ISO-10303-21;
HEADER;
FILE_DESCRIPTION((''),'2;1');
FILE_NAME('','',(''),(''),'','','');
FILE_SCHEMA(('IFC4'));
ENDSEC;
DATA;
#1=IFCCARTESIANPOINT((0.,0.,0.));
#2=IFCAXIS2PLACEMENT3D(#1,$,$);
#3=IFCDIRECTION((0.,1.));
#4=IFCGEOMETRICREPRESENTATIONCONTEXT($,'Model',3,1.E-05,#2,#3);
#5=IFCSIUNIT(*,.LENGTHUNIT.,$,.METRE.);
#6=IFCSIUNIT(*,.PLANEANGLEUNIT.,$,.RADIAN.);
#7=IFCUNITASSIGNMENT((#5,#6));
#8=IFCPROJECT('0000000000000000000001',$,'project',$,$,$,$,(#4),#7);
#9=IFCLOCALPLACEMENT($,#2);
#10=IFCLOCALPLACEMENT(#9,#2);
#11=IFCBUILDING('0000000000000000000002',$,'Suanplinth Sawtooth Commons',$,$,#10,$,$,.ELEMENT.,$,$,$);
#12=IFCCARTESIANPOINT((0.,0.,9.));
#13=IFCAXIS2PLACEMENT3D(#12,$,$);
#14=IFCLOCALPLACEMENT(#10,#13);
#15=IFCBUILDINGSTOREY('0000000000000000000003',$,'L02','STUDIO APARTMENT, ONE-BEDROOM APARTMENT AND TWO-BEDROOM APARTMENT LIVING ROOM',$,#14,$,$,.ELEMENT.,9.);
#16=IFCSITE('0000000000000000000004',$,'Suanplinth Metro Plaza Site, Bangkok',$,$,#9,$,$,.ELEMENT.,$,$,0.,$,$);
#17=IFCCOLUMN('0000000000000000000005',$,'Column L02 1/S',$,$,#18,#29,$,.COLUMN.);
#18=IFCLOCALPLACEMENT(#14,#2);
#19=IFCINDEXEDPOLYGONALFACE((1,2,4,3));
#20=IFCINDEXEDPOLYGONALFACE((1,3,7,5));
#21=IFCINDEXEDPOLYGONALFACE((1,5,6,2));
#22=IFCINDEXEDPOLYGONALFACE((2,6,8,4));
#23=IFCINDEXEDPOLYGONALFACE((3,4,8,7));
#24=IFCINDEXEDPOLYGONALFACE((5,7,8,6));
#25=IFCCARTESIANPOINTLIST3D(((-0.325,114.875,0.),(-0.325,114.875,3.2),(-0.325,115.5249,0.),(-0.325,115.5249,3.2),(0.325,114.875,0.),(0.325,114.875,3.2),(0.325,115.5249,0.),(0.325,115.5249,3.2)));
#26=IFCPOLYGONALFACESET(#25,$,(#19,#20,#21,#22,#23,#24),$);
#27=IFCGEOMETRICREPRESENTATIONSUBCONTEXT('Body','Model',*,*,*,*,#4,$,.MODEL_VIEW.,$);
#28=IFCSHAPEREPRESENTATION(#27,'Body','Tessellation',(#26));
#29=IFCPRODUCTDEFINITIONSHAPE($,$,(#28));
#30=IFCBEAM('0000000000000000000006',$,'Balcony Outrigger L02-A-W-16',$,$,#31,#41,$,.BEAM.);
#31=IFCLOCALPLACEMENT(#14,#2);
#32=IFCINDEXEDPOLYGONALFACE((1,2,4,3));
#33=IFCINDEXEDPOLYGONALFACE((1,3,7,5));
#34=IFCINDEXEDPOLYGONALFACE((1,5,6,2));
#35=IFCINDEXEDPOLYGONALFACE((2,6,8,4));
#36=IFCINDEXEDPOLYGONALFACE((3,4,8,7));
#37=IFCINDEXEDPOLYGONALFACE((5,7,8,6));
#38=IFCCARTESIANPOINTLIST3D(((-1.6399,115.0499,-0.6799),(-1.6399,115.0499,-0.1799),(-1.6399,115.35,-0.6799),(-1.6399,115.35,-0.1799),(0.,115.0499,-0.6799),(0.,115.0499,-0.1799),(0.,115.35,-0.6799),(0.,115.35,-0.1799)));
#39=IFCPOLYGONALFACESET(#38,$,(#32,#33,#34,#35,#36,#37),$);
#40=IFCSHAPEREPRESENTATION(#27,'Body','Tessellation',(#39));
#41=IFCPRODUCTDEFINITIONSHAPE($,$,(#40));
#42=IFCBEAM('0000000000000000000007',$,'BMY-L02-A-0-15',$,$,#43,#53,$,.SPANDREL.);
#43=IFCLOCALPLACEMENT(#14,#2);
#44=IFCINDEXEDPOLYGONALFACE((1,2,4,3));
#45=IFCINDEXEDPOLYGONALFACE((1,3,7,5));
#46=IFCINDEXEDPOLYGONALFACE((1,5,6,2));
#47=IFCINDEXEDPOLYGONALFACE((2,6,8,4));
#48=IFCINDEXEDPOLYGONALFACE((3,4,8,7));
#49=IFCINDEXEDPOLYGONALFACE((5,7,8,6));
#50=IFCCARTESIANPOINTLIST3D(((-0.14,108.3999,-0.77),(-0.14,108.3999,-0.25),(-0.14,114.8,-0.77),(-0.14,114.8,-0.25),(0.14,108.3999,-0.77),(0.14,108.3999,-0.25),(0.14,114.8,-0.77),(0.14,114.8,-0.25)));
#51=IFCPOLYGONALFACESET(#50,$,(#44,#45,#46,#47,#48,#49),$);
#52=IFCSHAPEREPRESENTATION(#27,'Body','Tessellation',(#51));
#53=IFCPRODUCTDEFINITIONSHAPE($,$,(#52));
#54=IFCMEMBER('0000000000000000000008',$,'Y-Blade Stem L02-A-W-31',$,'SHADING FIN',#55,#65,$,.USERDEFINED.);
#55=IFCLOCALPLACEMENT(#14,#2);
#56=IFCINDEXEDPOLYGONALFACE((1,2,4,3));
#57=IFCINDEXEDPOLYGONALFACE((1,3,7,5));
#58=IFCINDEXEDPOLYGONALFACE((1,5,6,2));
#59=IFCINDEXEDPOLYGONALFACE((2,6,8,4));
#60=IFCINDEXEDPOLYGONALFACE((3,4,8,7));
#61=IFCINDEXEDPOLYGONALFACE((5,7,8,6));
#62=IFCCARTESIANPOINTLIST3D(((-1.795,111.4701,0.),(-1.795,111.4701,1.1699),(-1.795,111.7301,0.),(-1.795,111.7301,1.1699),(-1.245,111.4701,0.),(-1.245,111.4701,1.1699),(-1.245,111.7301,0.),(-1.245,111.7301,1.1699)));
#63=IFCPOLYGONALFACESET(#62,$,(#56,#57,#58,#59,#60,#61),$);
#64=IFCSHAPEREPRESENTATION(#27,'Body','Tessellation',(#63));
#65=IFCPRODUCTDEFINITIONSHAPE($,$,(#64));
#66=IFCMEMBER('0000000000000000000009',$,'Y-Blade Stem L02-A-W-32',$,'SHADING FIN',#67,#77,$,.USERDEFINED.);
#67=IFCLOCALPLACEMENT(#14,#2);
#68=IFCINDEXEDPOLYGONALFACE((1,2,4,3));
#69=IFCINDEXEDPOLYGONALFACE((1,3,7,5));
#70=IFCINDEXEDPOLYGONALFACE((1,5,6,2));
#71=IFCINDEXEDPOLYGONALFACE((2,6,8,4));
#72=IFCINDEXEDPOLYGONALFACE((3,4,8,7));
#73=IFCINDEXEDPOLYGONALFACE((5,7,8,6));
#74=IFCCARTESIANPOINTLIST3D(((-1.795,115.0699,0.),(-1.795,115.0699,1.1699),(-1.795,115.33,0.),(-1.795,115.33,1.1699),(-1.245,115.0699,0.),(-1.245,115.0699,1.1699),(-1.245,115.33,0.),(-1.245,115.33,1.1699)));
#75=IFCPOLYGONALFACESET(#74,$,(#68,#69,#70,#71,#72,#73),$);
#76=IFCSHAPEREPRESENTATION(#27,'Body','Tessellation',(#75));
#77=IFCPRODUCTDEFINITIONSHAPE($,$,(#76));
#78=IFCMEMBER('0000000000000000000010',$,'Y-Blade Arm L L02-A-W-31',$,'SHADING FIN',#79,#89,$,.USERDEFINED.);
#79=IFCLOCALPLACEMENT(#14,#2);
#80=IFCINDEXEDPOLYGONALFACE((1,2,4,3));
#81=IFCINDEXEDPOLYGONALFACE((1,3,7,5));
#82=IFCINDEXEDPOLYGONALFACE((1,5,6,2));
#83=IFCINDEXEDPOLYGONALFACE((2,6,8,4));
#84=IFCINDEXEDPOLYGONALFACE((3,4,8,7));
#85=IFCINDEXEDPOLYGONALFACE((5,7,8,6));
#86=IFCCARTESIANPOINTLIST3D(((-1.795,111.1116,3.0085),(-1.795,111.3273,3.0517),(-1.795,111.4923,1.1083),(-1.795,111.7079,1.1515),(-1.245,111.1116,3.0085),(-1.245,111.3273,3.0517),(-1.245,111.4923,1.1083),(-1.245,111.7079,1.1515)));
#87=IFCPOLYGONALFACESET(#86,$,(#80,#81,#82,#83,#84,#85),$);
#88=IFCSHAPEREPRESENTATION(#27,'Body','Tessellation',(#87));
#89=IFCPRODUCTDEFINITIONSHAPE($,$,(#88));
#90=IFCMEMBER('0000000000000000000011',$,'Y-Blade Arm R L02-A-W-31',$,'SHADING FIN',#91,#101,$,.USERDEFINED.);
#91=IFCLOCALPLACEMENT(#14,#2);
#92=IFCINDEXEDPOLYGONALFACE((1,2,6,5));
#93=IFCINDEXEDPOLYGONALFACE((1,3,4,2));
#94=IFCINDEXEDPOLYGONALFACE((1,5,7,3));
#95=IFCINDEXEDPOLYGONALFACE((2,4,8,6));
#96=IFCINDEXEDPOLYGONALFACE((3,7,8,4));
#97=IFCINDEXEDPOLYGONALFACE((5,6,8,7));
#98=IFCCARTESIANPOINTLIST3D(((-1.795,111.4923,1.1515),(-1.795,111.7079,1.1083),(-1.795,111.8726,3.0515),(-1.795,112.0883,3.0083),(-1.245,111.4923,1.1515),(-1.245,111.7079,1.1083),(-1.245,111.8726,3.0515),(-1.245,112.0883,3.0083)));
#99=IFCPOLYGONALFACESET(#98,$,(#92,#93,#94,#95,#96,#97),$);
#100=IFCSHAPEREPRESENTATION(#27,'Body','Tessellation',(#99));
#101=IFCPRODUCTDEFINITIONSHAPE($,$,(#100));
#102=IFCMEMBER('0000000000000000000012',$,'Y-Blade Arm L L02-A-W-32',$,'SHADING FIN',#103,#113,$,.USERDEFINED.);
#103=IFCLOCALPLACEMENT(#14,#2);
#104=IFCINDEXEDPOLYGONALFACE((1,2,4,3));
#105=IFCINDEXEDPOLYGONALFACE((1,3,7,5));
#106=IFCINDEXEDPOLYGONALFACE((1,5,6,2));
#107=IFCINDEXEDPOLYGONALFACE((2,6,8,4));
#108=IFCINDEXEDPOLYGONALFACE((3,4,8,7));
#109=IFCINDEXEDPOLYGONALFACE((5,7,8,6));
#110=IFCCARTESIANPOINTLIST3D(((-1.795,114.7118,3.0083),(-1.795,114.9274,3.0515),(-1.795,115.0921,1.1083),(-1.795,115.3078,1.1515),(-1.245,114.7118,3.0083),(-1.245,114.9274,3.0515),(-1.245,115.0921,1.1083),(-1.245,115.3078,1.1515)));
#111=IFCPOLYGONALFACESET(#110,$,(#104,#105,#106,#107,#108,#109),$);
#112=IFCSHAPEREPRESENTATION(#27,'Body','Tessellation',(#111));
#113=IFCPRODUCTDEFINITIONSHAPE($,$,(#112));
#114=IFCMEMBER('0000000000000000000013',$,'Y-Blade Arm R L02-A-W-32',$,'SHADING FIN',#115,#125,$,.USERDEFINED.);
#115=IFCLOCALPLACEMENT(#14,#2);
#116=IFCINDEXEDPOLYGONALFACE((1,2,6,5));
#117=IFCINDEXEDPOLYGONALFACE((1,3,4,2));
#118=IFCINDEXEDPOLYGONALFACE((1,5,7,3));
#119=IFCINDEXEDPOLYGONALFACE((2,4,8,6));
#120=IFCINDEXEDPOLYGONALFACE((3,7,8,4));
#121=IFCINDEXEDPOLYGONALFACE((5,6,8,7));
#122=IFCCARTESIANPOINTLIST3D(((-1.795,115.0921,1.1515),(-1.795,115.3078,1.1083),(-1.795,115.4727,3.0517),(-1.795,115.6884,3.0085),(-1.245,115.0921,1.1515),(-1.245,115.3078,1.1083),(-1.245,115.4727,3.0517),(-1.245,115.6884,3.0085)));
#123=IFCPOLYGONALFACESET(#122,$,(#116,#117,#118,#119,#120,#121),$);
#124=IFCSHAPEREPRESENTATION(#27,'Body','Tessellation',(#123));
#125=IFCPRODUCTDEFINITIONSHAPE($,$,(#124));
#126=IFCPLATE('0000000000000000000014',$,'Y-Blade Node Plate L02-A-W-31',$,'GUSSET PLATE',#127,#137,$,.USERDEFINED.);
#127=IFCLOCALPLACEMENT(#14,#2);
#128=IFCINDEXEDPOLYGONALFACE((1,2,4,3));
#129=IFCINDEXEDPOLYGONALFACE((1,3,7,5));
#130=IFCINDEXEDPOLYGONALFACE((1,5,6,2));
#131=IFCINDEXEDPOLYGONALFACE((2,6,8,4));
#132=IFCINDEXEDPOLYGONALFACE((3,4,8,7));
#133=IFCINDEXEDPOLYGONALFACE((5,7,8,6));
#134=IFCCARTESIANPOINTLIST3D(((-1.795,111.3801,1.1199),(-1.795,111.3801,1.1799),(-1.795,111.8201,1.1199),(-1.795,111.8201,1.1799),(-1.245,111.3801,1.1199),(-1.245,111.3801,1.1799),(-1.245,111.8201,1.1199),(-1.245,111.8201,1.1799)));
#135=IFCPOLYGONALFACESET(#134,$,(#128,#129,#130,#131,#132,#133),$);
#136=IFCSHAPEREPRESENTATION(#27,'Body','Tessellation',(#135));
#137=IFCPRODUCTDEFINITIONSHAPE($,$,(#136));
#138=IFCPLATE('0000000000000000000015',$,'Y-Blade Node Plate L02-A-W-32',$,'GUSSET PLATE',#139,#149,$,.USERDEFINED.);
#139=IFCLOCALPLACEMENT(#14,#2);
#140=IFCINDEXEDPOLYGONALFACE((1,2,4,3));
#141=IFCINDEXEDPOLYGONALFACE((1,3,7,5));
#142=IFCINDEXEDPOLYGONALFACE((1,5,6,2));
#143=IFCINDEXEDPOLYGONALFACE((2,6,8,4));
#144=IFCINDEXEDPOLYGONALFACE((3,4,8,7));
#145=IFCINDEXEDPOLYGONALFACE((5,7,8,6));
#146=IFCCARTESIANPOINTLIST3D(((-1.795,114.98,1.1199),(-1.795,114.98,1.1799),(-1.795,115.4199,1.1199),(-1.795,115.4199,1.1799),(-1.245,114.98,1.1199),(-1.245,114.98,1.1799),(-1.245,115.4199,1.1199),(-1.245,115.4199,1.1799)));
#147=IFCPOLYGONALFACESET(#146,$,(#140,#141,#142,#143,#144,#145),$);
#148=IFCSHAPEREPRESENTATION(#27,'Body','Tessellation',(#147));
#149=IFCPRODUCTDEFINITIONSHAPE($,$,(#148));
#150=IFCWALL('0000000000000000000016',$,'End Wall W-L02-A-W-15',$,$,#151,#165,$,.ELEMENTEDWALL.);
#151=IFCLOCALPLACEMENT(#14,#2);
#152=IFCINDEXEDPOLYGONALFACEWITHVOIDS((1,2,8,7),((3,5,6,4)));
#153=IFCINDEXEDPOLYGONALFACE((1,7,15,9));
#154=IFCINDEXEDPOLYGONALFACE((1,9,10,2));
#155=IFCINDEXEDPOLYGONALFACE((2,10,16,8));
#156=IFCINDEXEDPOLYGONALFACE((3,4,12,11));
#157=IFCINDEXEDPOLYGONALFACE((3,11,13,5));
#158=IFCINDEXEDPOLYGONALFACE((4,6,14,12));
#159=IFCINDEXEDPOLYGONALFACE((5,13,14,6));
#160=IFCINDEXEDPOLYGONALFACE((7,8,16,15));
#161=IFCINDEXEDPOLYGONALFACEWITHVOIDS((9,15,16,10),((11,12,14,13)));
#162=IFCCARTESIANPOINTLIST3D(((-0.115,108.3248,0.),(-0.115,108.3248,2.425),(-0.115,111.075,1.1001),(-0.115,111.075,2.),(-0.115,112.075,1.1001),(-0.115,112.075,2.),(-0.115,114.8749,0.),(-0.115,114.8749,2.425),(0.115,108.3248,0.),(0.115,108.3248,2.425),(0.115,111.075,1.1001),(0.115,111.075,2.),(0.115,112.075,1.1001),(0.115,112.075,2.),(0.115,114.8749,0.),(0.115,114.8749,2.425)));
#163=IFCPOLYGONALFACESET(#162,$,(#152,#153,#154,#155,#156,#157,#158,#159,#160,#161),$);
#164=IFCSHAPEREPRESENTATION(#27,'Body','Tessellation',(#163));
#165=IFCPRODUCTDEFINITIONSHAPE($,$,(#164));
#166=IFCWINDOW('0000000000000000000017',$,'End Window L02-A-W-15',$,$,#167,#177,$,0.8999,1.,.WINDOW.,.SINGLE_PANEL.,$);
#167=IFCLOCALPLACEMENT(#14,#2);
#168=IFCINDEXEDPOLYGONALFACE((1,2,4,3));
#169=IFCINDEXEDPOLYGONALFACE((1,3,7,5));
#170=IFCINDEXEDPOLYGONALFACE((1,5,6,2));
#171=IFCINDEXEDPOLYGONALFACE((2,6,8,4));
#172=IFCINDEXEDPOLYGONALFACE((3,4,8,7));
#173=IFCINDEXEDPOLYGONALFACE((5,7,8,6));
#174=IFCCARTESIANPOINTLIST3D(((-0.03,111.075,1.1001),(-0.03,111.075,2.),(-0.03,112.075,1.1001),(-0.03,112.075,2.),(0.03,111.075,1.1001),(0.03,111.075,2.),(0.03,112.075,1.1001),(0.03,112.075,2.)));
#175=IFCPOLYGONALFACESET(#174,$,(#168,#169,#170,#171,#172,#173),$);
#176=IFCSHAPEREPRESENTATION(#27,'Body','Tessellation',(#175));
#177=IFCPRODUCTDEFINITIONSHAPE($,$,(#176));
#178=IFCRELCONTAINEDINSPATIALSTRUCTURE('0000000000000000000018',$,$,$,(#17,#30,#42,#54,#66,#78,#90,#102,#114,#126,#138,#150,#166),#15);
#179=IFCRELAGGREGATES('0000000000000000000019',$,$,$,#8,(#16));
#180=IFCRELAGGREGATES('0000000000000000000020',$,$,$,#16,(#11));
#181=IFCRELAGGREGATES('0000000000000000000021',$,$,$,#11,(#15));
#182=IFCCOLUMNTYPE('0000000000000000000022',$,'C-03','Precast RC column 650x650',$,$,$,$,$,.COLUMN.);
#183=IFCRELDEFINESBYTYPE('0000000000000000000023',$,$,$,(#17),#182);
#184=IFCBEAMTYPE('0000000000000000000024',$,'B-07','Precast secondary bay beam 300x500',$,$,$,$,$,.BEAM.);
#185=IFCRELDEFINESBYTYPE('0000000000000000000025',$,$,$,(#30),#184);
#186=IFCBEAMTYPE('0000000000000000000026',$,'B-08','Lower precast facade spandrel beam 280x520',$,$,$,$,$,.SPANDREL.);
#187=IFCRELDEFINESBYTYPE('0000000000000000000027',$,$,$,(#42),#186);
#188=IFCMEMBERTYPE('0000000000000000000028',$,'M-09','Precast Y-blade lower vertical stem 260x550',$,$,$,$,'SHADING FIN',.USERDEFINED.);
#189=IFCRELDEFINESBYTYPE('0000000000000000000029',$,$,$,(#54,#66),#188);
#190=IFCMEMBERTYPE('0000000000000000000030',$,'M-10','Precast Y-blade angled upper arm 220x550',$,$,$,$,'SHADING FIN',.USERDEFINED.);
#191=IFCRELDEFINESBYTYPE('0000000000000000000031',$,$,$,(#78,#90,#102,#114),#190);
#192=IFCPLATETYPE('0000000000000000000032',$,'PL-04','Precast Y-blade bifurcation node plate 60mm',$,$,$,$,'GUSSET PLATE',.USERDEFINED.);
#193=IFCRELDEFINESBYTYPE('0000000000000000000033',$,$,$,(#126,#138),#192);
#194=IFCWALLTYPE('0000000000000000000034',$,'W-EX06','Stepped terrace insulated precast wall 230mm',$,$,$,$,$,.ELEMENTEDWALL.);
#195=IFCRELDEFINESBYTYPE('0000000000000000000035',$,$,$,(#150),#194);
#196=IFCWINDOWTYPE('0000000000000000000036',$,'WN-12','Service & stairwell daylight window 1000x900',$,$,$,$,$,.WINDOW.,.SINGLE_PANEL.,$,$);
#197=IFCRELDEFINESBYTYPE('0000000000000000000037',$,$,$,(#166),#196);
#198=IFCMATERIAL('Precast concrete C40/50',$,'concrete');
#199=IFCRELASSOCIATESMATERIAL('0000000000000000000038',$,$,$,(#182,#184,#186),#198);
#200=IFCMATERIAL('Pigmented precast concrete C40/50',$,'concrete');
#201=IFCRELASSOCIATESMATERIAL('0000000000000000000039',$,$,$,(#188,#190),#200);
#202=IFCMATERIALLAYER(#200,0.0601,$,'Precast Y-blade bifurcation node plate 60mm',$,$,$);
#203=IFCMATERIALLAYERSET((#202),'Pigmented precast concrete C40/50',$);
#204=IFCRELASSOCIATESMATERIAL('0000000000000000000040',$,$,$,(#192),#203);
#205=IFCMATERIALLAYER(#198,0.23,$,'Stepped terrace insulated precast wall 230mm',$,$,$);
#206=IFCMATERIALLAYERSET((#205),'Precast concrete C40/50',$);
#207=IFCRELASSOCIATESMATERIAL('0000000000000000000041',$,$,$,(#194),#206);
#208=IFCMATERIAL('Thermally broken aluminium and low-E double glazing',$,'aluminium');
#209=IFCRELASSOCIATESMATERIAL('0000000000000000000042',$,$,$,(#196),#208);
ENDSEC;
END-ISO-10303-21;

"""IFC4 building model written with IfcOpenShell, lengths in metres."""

from ifc_helpers import new_model, si_unit, direction, frame, frame_2d, origin, origin_2d, place, context, subcontext, project, spatial, rectangle, extrude, material, layer, layer_set, material_profile, profile_set, type_object, element, fill, save


model = new_model("IFC4")

# Units and contexts
model_context = context("Model", 3, precision=1e-05, world=origin(), true_north=direction((0.0, 1.0)))
body_context = subcontext(model_context, "Body", "Model", "MODEL_VIEW")
ifc_project = project(units=[si_unit("LENGTHUNIT", "METRE"), si_unit("PLANEANGLEUNIT", "RADIAN")], contexts=[model_context])

# Site, building, storey
site_placement = place(None, origin())
site = spatial("IfcSite", under=ifc_project, at=site_placement, Name="Suanplinth Metro Plaza Site, Bangkok", CompositionType="ELEMENT", RefElevation=0.0)
building_placement = place(site_placement, origin())
building = spatial("IfcBuilding", under=site, at=building_placement, Name="Suanplinth Sawtooth Commons", CompositionType="ELEMENT")
storey_placement = place(building_placement, frame((0.0, 0.0, 9.0)))
storey = spatial("IfcBuildingStorey", under=building, at=storey_placement, Name="L02", Description="STUDIO APARTMENT, ONE-BEDROOM APARTMENT AND TWO-BEDROOM APARTMENT LIVING ROOM", CompositionType="ELEMENT", Elevation=9.0)

# Column
ifc_material_1 = material(Name="Precast concrete C40/50", Category="concrete")
ifc_material_profile_1 = material_profile(ifc_material_1, rectangle(XDim=0.6499, YDim=0.6499, at=origin_2d()), Name="PC-COL 650x650")
ifc_profile_set_1 = profile_set([ifc_material_profile_1], Name="Precast concrete C40/50")
column_type = type_object("IfcColumnType", Name="C-03", Description="Precast RC column 650x650", PredefinedType="COLUMN", material=ifc_profile_set_1)
column_placement = place(storey_placement, frame((0.0, 115.2, 0.0), z_axis=(0.0, 0.0, 1.0), x_axis=(1.0, 0.0, 0.0)))
element("IfcColumn", 1, at=column_placement, inside=storey, type_object=column_type, Name="Column L02 1/S", PredefinedType="COLUMN", context=body_context, shape_type="SweptSolid", body=[
    extrude(rectangle(XDim=0.6499, YDim=0.6499, at=origin_2d()), origin(), (0.0, 0.0, 1.0), 3.2),
])

# Beams
ifc_material_profile_2 = material_profile(ifc_material_1, rectangle(XDim=0.3, YDim=0.5, at=origin_2d()), Name="PC-BM 300x500")
ifc_profile_set_2 = profile_set([ifc_material_profile_2], Name="Precast concrete C40/50")
beam_type_1 = type_object("IfcBeamType", Name="B-07", Description="Precast secondary bay beam 300x500", PredefinedType="BEAM", material=ifc_profile_set_2)
beam_1_placement = place(storey_placement, frame((0.0, 115.2, -0.4299), z_axis=(-1.0, 0.0, 0.0), x_axis=(0.0, -1.0, 0.0)))
element("IfcBeam", 2, at=beam_1_placement, inside=storey, type_object=beam_type_1, Name="Balcony Outrigger L02-A-W-16", PredefinedType="BEAM", context=body_context, shape_type="SweptSolid", body=[
    extrude(rectangle(XDim=0.3, YDim=0.5, at=origin_2d()), origin(), (0.0, 0.0, 1.0), 1.6399),
])
ifc_material_profile_3 = material_profile(ifc_material_1, rectangle(XDim=0.28, YDim=0.52, at=origin_2d()), Name="PC-SP 280x520")
ifc_profile_set_3 = profile_set([ifc_material_profile_3], Name="Precast concrete C40/50")
beam_type_2 = type_object("IfcBeamType", Name="B-08", Description="Lower precast facade spandrel beam 280x520", PredefinedType="SPANDREL", material=ifc_profile_set_3)
beam_2_placement = place(storey_placement, frame((0.0, 108.3999, -0.51), z_axis=(0.0, 1.0, 0.0), x_axis=(-1.0, 0.0, 0.0)))
element("IfcBeam", 3, at=beam_2_placement, inside=storey, type_object=beam_type_2, Name="BMY-L02-A-0-15", PredefinedType="SPANDREL", context=body_context, shape_type="SweptSolid", body=[
    extrude(rectangle(XDim=0.28, YDim=0.52, at=origin_2d()), origin(), (0.0, 0.0, 1.0), 6.4001),
])

# Members
ifc_material_2 = material(Name="Pigmented precast concrete C40/50", Category="concrete")
ifc_material_profile_4 = material_profile(ifc_material_2, rectangle(XDim=0.26, YDim=0.55, at=origin_2d()), Name="PC-FIN 260x550")
ifc_profile_set_4 = profile_set([ifc_material_profile_4], Name="Pigmented precast concrete C40/50")
member_type_1 = type_object("IfcMemberType", Name="M-09", Description="Precast Y-blade lower vertical stem 260x550", ElementType="SHADING FIN", PredefinedType="USERDEFINED", material=ifc_profile_set_4)
for number, where, z_axis, x_axis, name in (
    (4, (-1.52, 111.6001, 0.0), (0.0, 0.0, 1.0), (0.0, 1.0, 0.0), "Y-Blade Stem L02-A-W-31"),
    (5, (-1.52, 115.2, 0.0), (0.0, 0.0, 1.0), (0.0, 1.0, 0.0), "Y-Blade Stem L02-A-W-32"),
):
    element("IfcMember", number, at=place(storey_placement, frame(where, z_axis=z_axis, x_axis=x_axis)), inside=storey, type_object=member_type_1, Name=name, ObjectType="SHADING FIN", PredefinedType="USERDEFINED", context=body_context, shape_type="SweptSolid", body=[
        extrude(rectangle(XDim=0.26, YDim=0.55, at=origin_2d()), origin(), (0.0, 0.0, 1.0), 1.1699),
    ])
ifc_material_profile_5 = material_profile(ifc_material_2, rectangle(XDim=0.22, YDim=0.55, at=origin_2d()), Name="PC-FIN 220x550")
ifc_profile_set_5 = profile_set([ifc_material_profile_5], Name="Pigmented precast concrete C40/50")
member_type_2 = type_object("IfcMemberType", Name="M-10", Description="Precast Y-blade angled upper arm 220x550", ElementType="SHADING FIN", PredefinedType="USERDEFINED", material=ifc_profile_set_5)
member_1_placement = place(storey_placement, frame((-1.52, 111.6001, 1.1299), z_axis=(0.0, -0.196407, 0.980522), x_axis=(0.0, 0.980522, 0.196407)))
element("IfcMember", 6, at=member_1_placement, inside=storey, type_object=member_type_2, Name="Y-Blade Arm L L02-A-W-31", ObjectType="SHADING FIN", PredefinedType="USERDEFINED", context=body_context, shape_type="SweptSolid", body=[
    extrude(rectangle(XDim=0.22, YDim=0.55, at=origin_2d()), origin(), (0.0, 0.0, 1.0), 1.938),
])
for number, where, z_axis, x_axis, name in (
    (7, (-1.52, 111.6001, 1.1299), (0.0, 0.196286, 0.980547), (0.0, -0.980547, 0.196286), "Y-Blade Arm R L02-A-W-31"),
    (8, (-1.52, 115.2, 1.1299), (0.0, -0.196286, 0.980547), (0.0, 0.980547, 0.196286), "Y-Blade Arm L L02-A-W-32"),
):
    element("IfcMember", number, at=place(storey_placement, frame(where, z_axis=z_axis, x_axis=x_axis)), inside=storey, type_object=member_type_2, Name=name, ObjectType="SHADING FIN", PredefinedType="USERDEFINED", context=body_context, shape_type="SweptSolid", body=[
        extrude(rectangle(XDim=0.22, YDim=0.55, at=origin_2d()), origin(), (0.0, 0.0, 1.0), 1.9377),
    ])
member_2_placement = place(storey_placement, frame((-1.52, 115.2, 1.1299), z_axis=(0.0, 0.196407, 0.980522), x_axis=(0.0, -0.980522, 0.196407)))
element("IfcMember", 9, at=member_2_placement, inside=storey, type_object=member_type_2, Name="Y-Blade Arm R L02-A-W-32", ObjectType="SHADING FIN", PredefinedType="USERDEFINED", context=body_context, shape_type="SweptSolid", body=[
    extrude(rectangle(XDim=0.22, YDim=0.55, at=origin_2d()), origin(), (0.0, 0.0, 1.0), 1.938),
])

# Plates
ifc_layer_1 = layer(ifc_material_2, 0.0601, Name="Precast Y-blade bifurcation node plate 60mm")
ifc_layer_set_1 = layer_set([ifc_layer_1], Name="Pigmented precast concrete C40/50")
plate_type = type_object("IfcPlateType", Name="PL-04", Description="Precast Y-blade bifurcation node plate 60mm", ElementType="GUSSET PLATE", PredefinedType="USERDEFINED", material=ifc_layer_set_1)
for number, where, z_axis, x_axis, name in (
    (10, (-1.52, 111.6001, 1.1199), (0.0, 0.0, 1.0), (0.0, 1.0, 0.0), "Y-Blade Node Plate L02-A-W-31"),
    (11, (-1.52, 115.2, 1.1199), (0.0, 0.0, 1.0), (0.0, 1.0, 0.0), "Y-Blade Node Plate L02-A-W-32"),
):
    element("IfcPlate", number, at=place(storey_placement, frame(where, z_axis=z_axis, x_axis=x_axis)), inside=storey, type_object=plate_type, Name=name, ObjectType="GUSSET PLATE", PredefinedType="USERDEFINED", context=body_context, shape_type="SweptSolid", body=[
        extrude(rectangle(XDim=0.4399, YDim=0.55, at=origin_2d()), origin(), (0.0, 0.0, 1.0), 0.0601),
    ])

# Wall, opening, window
ifc_layer_2 = layer(ifc_material_1, 0.23, Name="Stepped terrace insulated precast wall 230mm")
ifc_layer_set_2 = layer_set([ifc_layer_2], Name="Precast concrete C40/50")
wall_type_1 = type_object("IfcWallType", Name="W-EX06", Description="Stepped terrace insulated precast wall 230mm", PredefinedType="ELEMENTEDWALL", material=ifc_layer_set_2)
wall_1_placement = place(storey_placement, frame((0.0, 108.325, 0.0), z_axis=(0.0, 0.0, 1.0), x_axis=(0.0, 1.0, 0.0)))
wall_1 = element("IfcWall", 12, at=wall_1_placement, inside=storey, type_object=wall_type_1, Name="End Wall W-L02-A-W-15", PredefinedType="ELEMENTEDWALL", context=body_context, shape_type="SweptSolid", body=[
    extrude(rectangle(XDim=6.55, YDim=0.23, at=frame_2d((3.2749, 0.0))), origin(), (0.0, 0.0, 1.0), 2.425),
])
opening_1_placement = place(wall_1_placement, frame((2.75, 0.0, 1.1001)))
opening_1 = element("IfcOpeningElement", 13, at=opening_1_placement, cuts=wall_1, PredefinedType="OPENING", context=body_context, shape_type="SweptSolid", body=[
    extrude(rectangle(XDim=1.0, YDim=0.8999, at=frame_2d((0.5, 0.45))), frame((0.0, 0.1299, 0.0), z_axis=(0.0, -1.0, 0.0), x_axis=(1.0, 0.0, 0.0)), (0.0, 0.0, 1.0), 0.2598),
])
ifc_material_3 = material(Name="Thermally broken aluminium and low-E double glazing", Category="aluminium")
window_type = type_object("IfcWindowType", Name="WN-12", Description="Service & stairwell daylight window 1000x900", PartitioningType="SINGLE_PANEL", PredefinedType="WINDOW", material=ifc_material_3)
window_placement = place(opening_1_placement, origin())
window = element("IfcWindow", 14, at=window_placement, inside=storey, type_object=window_type, Name="End Window L02-A-W-15", OverallHeight=0.8999, OverallWidth=1.0, PartitioningType="SINGLE_PANEL", PredefinedType="WINDOW", context=body_context, shape_type="SweptSolid", body=[
    extrude(rectangle(XDim=1.0, YDim=0.8999, at=frame_2d((0.5, 0.45))), frame((0.0, 0.03, 0.0), z_axis=(0.0, -1.0, 0.0), x_axis=(1.0, 0.0, 0.0)), (0.0, 0.0, 1.0), 0.0601),
])
fill(opening_1, window)

save(model, "model.ifc")
